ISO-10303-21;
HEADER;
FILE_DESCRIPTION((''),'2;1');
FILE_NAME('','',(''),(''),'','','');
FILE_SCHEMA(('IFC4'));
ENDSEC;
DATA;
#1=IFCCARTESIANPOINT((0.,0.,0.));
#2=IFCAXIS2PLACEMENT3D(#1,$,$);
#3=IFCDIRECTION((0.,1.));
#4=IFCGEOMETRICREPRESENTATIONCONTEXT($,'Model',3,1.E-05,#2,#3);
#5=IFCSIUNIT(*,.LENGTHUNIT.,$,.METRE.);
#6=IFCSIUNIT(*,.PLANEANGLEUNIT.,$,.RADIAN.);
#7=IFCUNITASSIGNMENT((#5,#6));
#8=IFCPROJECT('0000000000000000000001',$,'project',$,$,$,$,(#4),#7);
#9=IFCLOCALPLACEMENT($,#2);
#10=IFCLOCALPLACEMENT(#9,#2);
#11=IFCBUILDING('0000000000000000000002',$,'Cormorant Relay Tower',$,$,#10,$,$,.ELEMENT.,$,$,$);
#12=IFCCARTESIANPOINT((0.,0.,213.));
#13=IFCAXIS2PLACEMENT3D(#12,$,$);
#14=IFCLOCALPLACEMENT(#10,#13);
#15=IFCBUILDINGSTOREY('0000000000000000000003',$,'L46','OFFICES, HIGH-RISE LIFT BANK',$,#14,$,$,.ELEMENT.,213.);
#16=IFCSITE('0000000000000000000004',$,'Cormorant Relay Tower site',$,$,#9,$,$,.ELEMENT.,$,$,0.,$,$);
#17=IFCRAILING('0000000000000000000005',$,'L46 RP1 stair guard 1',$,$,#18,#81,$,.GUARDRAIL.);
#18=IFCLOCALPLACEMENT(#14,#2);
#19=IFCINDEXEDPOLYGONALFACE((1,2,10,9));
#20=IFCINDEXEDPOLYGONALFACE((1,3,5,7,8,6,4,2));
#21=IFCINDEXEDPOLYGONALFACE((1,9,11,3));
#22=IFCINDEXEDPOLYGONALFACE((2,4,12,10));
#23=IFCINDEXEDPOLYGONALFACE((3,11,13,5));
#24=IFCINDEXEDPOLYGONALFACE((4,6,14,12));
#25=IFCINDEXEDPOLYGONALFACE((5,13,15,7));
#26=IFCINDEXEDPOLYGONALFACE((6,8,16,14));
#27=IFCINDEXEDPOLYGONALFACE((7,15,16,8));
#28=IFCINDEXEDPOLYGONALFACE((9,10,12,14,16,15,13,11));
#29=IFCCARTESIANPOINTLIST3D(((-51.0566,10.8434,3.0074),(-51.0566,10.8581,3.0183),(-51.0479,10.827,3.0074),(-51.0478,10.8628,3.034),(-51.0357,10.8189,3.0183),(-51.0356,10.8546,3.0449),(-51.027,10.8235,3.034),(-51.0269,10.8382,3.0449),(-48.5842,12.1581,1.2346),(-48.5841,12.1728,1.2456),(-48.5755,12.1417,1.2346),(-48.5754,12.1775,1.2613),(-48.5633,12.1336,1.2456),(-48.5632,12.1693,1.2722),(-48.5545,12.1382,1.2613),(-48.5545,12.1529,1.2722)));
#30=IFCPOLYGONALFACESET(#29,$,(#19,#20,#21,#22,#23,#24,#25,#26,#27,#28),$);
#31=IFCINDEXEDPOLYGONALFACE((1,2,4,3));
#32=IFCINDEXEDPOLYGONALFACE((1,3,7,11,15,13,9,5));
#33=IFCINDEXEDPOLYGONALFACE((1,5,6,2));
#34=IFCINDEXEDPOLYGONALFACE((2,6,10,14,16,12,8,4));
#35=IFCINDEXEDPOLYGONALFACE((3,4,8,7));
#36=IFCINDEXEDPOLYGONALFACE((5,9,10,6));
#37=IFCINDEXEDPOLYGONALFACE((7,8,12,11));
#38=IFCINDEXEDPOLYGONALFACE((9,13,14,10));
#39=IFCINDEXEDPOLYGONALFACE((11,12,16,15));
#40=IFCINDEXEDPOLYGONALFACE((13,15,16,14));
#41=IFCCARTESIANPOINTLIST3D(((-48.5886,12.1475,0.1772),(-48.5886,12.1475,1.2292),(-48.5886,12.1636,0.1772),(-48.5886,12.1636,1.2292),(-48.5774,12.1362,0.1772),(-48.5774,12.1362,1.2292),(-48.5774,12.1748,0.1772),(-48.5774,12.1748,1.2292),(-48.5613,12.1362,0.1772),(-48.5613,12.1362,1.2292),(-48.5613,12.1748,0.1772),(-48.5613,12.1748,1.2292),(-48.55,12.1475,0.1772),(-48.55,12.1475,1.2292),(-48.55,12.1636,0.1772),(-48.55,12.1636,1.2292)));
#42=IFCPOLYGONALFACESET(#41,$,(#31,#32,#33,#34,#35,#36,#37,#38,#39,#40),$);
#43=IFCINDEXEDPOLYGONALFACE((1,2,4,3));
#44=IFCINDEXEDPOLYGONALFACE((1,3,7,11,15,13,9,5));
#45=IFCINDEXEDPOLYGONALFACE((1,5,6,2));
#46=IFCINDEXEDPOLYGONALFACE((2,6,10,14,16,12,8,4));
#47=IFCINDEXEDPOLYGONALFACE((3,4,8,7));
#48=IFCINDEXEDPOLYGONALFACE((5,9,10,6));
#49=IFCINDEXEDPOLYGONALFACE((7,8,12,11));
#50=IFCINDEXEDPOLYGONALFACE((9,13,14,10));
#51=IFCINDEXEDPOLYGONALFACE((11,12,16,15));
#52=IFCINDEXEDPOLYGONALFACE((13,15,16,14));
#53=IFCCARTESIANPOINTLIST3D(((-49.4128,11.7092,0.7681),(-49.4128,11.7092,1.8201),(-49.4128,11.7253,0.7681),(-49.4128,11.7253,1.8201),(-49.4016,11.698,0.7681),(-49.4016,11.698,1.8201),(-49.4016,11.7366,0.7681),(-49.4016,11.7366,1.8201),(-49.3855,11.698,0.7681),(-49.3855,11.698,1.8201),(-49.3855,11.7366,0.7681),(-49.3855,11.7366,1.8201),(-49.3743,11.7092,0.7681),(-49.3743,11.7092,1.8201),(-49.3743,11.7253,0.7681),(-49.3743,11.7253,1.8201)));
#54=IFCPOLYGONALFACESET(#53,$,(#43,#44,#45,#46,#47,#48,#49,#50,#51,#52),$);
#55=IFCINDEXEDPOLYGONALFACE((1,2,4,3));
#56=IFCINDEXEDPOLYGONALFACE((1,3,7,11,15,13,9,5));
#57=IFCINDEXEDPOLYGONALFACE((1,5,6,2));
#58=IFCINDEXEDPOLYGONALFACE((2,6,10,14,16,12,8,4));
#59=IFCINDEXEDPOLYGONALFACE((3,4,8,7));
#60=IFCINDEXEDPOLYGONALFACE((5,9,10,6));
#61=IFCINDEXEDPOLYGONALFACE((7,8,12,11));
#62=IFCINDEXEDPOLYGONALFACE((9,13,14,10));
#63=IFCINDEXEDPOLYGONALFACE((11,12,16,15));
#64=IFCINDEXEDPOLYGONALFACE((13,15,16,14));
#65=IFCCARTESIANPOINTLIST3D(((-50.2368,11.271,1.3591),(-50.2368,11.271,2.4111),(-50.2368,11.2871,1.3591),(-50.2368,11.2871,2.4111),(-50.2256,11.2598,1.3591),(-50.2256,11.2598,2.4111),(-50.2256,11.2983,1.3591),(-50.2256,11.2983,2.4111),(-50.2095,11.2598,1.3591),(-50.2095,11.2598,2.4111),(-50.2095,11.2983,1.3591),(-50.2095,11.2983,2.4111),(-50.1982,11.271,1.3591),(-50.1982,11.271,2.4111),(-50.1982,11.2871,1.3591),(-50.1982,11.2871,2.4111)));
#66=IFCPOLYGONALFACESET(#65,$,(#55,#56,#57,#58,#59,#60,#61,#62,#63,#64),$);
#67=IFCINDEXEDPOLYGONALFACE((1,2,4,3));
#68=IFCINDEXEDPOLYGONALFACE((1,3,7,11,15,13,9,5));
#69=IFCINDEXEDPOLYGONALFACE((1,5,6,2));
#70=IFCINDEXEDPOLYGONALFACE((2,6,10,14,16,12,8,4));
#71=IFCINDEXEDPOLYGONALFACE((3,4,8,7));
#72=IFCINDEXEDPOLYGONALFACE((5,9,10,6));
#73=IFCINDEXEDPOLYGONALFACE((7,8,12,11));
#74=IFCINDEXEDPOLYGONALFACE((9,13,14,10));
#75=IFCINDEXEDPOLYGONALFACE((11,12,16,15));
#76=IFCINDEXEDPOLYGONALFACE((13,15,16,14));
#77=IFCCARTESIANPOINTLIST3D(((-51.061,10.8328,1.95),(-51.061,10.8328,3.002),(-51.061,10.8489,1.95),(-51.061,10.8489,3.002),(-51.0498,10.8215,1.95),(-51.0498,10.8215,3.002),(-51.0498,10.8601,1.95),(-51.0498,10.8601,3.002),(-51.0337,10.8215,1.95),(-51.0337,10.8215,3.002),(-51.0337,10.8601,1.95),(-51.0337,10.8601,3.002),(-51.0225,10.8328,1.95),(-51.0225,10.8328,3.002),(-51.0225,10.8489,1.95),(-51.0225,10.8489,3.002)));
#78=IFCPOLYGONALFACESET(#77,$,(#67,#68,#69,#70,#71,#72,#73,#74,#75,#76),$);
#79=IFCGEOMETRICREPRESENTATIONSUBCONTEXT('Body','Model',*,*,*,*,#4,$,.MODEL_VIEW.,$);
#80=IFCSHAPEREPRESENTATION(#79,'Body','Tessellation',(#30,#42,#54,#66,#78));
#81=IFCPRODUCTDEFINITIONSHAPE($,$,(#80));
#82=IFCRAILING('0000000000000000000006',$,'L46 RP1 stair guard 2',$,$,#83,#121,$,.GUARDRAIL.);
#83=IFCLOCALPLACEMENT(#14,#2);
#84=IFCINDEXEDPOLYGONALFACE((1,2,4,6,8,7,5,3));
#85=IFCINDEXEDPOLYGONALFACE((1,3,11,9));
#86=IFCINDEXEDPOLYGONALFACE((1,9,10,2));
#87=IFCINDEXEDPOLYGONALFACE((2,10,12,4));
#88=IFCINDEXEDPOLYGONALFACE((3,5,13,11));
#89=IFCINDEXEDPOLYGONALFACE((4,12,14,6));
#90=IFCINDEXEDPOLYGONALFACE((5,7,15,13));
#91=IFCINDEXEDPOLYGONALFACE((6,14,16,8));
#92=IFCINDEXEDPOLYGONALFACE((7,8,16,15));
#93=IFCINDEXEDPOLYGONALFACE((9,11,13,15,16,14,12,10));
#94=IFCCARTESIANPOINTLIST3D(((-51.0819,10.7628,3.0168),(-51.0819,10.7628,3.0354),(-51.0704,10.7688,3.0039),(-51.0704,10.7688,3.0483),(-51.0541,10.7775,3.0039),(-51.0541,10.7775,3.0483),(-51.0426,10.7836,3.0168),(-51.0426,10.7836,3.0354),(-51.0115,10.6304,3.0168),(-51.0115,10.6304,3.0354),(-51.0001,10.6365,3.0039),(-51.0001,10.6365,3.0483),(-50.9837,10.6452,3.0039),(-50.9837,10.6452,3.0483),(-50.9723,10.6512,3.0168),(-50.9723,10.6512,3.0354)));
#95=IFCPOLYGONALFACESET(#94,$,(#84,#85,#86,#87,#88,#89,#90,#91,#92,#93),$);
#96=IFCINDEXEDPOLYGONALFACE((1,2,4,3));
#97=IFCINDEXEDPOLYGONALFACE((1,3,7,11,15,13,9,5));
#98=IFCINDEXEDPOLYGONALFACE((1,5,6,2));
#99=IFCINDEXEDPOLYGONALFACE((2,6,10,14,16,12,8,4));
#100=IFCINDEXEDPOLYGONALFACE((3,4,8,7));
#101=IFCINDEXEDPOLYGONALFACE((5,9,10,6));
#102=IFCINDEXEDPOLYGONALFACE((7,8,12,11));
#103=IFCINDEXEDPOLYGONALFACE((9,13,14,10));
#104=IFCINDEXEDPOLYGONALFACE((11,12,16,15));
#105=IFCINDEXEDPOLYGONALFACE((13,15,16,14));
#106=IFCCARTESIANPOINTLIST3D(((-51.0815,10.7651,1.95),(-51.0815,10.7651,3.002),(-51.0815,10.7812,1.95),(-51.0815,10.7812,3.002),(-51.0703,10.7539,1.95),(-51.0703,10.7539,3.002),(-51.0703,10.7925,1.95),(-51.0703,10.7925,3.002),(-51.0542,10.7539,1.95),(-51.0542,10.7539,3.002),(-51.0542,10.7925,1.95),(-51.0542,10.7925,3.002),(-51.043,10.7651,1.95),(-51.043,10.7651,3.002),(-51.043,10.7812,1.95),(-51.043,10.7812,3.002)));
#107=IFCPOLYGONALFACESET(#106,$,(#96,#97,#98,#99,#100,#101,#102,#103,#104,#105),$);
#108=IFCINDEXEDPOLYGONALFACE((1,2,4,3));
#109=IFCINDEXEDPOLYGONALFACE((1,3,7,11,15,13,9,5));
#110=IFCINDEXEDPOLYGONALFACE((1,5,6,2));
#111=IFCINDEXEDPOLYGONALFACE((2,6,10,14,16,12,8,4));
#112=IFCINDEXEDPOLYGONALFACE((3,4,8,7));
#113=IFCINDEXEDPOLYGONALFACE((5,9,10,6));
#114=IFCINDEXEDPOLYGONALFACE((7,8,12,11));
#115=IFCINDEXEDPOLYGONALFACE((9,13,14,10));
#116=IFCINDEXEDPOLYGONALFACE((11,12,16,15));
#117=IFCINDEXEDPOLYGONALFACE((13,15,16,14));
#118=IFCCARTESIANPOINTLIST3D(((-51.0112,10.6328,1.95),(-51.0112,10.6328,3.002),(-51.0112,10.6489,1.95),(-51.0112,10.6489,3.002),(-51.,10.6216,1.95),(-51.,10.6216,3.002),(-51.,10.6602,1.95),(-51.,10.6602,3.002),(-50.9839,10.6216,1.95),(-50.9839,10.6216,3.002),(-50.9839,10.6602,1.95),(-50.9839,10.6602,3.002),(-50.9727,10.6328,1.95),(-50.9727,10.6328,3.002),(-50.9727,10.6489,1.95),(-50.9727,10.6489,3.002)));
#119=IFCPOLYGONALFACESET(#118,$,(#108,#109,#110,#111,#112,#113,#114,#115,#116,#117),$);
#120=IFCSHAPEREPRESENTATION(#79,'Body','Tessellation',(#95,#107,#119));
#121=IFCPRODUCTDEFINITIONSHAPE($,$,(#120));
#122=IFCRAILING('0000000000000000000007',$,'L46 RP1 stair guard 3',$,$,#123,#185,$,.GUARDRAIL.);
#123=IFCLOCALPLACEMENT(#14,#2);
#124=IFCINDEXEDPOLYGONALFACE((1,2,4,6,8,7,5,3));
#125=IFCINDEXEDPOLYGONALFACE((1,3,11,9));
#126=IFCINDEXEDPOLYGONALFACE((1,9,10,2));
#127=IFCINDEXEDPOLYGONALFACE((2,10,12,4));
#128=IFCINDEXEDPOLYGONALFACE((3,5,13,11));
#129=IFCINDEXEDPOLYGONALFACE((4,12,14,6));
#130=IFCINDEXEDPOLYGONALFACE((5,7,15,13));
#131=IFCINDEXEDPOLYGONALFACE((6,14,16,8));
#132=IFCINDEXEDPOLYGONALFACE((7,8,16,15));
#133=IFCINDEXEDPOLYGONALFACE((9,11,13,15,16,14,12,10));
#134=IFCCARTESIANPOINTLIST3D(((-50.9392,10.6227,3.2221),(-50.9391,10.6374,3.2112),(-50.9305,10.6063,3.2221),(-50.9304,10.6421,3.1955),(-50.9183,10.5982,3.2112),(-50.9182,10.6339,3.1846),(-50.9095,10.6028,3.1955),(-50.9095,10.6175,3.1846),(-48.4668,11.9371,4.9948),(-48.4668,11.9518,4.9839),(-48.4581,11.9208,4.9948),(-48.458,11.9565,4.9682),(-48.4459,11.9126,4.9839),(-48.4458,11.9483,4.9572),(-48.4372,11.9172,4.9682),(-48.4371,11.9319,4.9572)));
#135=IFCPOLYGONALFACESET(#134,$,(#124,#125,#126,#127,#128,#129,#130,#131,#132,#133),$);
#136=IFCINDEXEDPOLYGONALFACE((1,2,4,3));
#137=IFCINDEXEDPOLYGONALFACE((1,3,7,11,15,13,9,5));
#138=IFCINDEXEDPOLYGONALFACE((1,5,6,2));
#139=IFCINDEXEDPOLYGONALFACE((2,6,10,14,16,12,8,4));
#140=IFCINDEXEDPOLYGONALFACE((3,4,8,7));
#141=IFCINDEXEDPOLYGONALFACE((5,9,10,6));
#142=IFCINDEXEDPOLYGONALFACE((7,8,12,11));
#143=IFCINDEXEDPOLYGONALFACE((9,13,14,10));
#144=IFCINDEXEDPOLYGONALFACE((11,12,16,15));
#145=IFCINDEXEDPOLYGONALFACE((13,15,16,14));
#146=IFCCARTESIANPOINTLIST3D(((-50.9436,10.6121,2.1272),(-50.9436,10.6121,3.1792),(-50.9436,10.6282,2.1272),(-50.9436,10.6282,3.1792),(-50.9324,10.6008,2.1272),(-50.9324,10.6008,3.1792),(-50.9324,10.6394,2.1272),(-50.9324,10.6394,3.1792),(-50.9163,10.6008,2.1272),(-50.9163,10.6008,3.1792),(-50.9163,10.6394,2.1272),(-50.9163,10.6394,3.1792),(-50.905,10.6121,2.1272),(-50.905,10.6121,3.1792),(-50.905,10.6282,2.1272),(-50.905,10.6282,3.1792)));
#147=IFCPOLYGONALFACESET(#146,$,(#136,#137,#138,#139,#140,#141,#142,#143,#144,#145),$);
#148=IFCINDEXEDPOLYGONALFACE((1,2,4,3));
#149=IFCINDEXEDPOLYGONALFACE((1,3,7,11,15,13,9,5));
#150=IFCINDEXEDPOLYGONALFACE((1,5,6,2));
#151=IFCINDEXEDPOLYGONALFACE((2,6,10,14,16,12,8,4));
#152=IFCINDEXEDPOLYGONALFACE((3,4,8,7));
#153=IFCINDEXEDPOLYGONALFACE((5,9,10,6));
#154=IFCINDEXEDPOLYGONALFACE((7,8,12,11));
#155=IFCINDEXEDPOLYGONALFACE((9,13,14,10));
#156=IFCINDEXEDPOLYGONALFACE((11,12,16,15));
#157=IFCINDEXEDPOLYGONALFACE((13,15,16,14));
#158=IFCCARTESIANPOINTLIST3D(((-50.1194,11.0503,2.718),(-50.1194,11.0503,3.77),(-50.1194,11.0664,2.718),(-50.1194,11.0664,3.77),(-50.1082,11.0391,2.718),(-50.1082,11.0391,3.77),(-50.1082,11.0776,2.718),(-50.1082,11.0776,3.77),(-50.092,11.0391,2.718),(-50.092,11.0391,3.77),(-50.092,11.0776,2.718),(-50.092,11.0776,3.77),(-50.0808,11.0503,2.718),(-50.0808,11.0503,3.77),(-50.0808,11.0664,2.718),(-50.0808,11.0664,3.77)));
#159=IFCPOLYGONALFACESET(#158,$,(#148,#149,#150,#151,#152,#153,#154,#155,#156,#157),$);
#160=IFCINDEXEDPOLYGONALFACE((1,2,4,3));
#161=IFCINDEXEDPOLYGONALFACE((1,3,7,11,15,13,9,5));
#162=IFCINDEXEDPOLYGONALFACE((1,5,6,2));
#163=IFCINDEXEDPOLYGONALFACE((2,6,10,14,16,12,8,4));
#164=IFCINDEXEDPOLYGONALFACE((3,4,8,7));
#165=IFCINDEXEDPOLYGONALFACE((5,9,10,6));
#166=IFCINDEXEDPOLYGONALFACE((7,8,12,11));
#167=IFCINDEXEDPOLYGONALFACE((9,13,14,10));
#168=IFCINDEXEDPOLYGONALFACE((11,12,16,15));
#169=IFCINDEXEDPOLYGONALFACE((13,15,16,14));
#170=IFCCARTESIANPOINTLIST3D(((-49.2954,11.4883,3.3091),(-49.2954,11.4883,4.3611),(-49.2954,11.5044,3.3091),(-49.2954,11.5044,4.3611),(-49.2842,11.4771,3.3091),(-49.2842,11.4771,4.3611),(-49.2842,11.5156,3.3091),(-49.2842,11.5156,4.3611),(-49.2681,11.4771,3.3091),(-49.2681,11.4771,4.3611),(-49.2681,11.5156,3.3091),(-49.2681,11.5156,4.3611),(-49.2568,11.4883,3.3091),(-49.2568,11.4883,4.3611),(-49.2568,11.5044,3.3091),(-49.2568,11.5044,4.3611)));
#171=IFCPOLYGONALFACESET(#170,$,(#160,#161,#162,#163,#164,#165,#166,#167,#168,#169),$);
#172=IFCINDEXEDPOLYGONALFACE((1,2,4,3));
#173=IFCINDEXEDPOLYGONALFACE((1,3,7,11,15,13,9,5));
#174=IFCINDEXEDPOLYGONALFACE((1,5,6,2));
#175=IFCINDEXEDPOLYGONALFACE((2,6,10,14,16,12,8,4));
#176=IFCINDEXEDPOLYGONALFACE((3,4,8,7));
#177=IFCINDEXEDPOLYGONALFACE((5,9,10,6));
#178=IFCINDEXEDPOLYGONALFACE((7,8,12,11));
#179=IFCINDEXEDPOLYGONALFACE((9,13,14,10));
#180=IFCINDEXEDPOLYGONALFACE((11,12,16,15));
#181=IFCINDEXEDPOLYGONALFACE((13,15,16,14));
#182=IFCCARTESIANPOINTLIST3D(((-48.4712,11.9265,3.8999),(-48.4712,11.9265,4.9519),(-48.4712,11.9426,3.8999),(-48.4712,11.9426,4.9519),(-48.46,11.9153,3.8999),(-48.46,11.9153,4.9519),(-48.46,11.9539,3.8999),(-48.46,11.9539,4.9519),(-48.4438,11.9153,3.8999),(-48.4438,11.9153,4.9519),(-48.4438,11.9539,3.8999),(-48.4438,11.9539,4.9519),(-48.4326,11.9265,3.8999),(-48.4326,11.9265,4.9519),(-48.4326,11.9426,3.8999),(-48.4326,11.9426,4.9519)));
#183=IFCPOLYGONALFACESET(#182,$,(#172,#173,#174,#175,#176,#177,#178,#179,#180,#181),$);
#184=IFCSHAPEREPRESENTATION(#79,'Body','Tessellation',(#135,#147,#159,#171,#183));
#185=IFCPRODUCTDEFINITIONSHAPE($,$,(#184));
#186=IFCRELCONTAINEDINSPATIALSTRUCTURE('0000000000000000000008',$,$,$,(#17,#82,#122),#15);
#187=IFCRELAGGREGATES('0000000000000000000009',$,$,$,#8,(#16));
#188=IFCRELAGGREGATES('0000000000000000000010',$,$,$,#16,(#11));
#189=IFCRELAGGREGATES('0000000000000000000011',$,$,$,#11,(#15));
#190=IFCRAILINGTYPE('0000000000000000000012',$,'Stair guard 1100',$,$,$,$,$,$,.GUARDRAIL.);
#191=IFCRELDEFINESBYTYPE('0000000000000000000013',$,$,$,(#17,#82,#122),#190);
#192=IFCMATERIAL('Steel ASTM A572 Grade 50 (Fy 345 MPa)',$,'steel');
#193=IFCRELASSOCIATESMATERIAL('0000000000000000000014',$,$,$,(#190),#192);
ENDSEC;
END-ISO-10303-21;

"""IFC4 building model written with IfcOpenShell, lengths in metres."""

from ifc_helpers import new_model, si_unit, direction, frame, origin, place, context, subcontext, project, spatial, polyline, outline, extrude, material, type_object, element, save


model = new_model("IFC4")

# Units and contexts
model_context = context("Model", 3, precision=1e-05, world=origin(), true_north=direction((0.0, 1.0)))
body_context = subcontext(model_context, "Body", "Model", "MODEL_VIEW")
ifc_project = project(units=[si_unit("LENGTHUNIT", "METRE"), si_unit("PLANEANGLEUNIT", "RADIAN")], contexts=[model_context])

# Site, building, storey
site_placement = place(None, origin())
site = spatial("IfcSite", under=ifc_project, at=site_placement, Name="Cormorant Relay Tower site", CompositionType="ELEMENT", RefElevation=0.0)
building_placement = place(site_placement, origin())
building = spatial("IfcBuilding", under=site, at=building_placement, Name="Cormorant Relay Tower", CompositionType="ELEMENT")
storey_placement = place(building_placement, frame((0.0, 0.0, 213.0)))
storey = spatial("IfcBuildingStorey", under=building, at=storey_placement, Name="L46", Description="OFFICES, HIGH-RISE LIFT BANK", CompositionType="ELEMENT", Elevation=213.0)

# Railings
ifc_material_1 = material(Name="Steel ASTM A572 Grade 50 (Fy 345 MPa)", Category="steel")
railing_type_1 = type_object("IfcRailingType", Name="Stair guard 1100", PredefinedType="GUARDRAIL", material=ifc_material_1)
railing_1_placement = place(storey_placement, frame((-48.5693, 12.1555, 0.1772)))
element("IfcRailing", 1, at=railing_1_placement, inside=storey, type_object=railing_type_1, Name="L46 RP1 stair guard 1", PredefinedType="GUARDRAIL", context=body_context, shape_type="SweptSolid", body=[
    extrude(outline(polyline([(0.0222, 0.0093), (0.0093, 0.0222), (-0.0093, 0.0222), (-0.0222, 0.0093), (-0.0222, -0.0093), (-0.0093, -0.0222), (0.0093, -0.0222), (0.0222, -0.0093), (0.0222, 0.0093)])), frame((0.0, 0.0, 1.0762), z_axis=(-0.746012, -0.39669, 0.534886), x_axis=(0.469497, -0.882934, 0.0)), (0.0, 0.0, 1.0), 3.3142),
    extrude(outline(polyline([(0.0193, 0.0081), (0.0081, 0.0193), (-0.0081, 0.0193), (-0.0193, 0.0081), (-0.0193, -0.0081), (-0.0081, -0.0193), (0.0081, -0.0193), (0.0193, -0.0081), (0.0193, 0.0081)])), origin(), (0.0, 0.0, 1.0), 1.052),
    extrude(outline(polyline([(0.0193, 0.0081), (0.0081, 0.0193), (-0.0081, 0.0193), (-0.0193, 0.0081), (-0.0193, -0.0081), (-0.0081, -0.0193), (0.0081, -0.0193), (0.0193, -0.0081), (0.0193, 0.0081)])), frame((-0.8242, -0.4382, 0.5908)), (0.0, 0.0, 1.0), 1.052),
    extrude(outline(polyline([(0.0193, 0.0081), (0.0081, 0.0193), (-0.0081, 0.0193), (-0.0193, 0.0081), (-0.0193, -0.0081), (-0.0081, -0.0193), (0.0081, -0.0193), (0.0193, -0.0081), (0.0193, 0.0081)])), frame((-1.6482, -0.8765, 1.1819)), (0.0, 0.0, 1.0), 1.052),
    extrude(outline(polyline([(0.0193, 0.0081), (0.0081, 0.0193), (-0.0081, 0.0193), (-0.0193, 0.0081), (-0.0193, -0.0081), (-0.0081, -0.0193), (0.0081, -0.0193), (0.0193, -0.0081), (0.0193, 0.0081)])), frame((-2.4724, -1.3147, 1.7727)), (0.0, 0.0, 1.0), 1.052),
])
railing_2_placement = place(storey_placement, frame((-51.0623, 10.7732, 1.95)))
element("IfcRailing", 2, at=railing_2_placement, inside=storey, type_object=railing_type_1, Name="L46 RP1 stair guard 2", PredefinedType="GUARDRAIL", context=body_context, shape_type="SweptSolid", body=[
    extrude(outline(polyline([(0.0222, 0.0093), (0.0093, 0.0222), (-0.0093, 0.0222), (-0.0222, 0.0093), (-0.0222, -0.0093), (-0.0093, -0.0222), (0.0093, -0.0222), (0.0222, -0.0093), (0.0222, 0.0093)])), frame((0.0, 0.0, 1.0762), z_axis=(0.469235, -0.883074, 0.0), x_axis=(0.883074, 0.469235, 0.0)), (0.0, 0.0, 1.0), 0.1499),
    extrude(outline(polyline([(0.0193, 0.0081), (0.0081, 0.0193), (-0.0081, 0.0193), (-0.0193, 0.0081), (-0.0193, -0.0081), (-0.0081, -0.0193), (0.0081, -0.0193), (0.0193, -0.0081), (0.0193, 0.0081)])), origin(), (0.0, 0.0, 1.0), 1.052),
    extrude(outline(polyline([(0.0193, 0.0081), (0.0081, 0.0193), (-0.0081, 0.0193), (-0.0193, 0.0081), (-0.0193, -0.0081), (-0.0081, -0.0193), (0.0081, -0.0193), (0.0193, -0.0081), (0.0193, 0.0081)])), frame((0.0703, -0.1323, 0.0)), (0.0, 0.0, 1.0), 1.052),
])
railing_3_placement = place(storey_placement, frame((-50.9243, 10.6201, 2.1272)))
element("IfcRailing", 3, at=railing_3_placement, inside=storey, type_object=railing_type_1, Name="L46 RP1 stair guard 3", PredefinedType="GUARDRAIL", context=body_context, shape_type="SweptSolid", body=[
    extrude(outline(polyline([(0.0222, 0.0093), (0.0093, 0.0222), (-0.0093, 0.0222), (-0.0222, 0.0093), (-0.0222, -0.0093), (-0.0093, -0.0222), (0.0093, -0.0222), (0.0222, -0.0093), (0.0222, 0.0093)])), frame((0.0, 0.0, 1.0762), z_axis=(0.746034, 0.396627, 0.534902), x_axis=(-0.469429, 0.88297, 0.0)), (0.0, 0.0, 1.0), 3.314),
    extrude(outline(polyline([(0.0193, 0.0081), (0.0081, 0.0193), (-0.0081, 0.0193), (-0.0193, 0.0081), (-0.0193, -0.0081), (-0.0081, -0.0193), (0.0081, -0.0193), (0.0193, -0.0081), (0.0193, 0.0081)])), origin(), (0.0, 0.0, 1.0), 1.052),
    extrude(outline(polyline([(0.0193, 0.0081), (0.0081, 0.0193), (-0.0081, 0.0193), (-0.0193, 0.0081), (-0.0193, -0.0081), (-0.0081, -0.0193), (0.0081, -0.0193), (0.0193, -0.0081), (0.0193, 0.0081)])), frame((0.8242, 0.4382, 0.5908)), (0.0, 0.0, 1.0), 1.052),
    extrude(outline(polyline([(0.0193, 0.0081), (0.0081, 0.0193), (-0.0081, 0.0193), (-0.0193, 0.0081), (-0.0193, -0.0081), (-0.0081, -0.0193), (0.0081, -0.0193), (0.0193, -0.0081), (0.0193, 0.0081)])), frame((1.6482, 0.8762, 1.1819)), (0.0, 0.0, 1.0), 1.052),
    extrude(outline(polyline([(0.0193, 0.0081), (0.0081, 0.0193), (-0.0081, 0.0193), (-0.0193, 0.0081), (-0.0193, -0.0081), (-0.0081, -0.0193), (0.0081, -0.0193), (0.0193, -0.0081), (0.0193, 0.0081)])), frame((2.4724, 1.3145, 1.7727)), (0.0, 0.0, 1.0), 1.052),
])

save(model, "model.ifc")
